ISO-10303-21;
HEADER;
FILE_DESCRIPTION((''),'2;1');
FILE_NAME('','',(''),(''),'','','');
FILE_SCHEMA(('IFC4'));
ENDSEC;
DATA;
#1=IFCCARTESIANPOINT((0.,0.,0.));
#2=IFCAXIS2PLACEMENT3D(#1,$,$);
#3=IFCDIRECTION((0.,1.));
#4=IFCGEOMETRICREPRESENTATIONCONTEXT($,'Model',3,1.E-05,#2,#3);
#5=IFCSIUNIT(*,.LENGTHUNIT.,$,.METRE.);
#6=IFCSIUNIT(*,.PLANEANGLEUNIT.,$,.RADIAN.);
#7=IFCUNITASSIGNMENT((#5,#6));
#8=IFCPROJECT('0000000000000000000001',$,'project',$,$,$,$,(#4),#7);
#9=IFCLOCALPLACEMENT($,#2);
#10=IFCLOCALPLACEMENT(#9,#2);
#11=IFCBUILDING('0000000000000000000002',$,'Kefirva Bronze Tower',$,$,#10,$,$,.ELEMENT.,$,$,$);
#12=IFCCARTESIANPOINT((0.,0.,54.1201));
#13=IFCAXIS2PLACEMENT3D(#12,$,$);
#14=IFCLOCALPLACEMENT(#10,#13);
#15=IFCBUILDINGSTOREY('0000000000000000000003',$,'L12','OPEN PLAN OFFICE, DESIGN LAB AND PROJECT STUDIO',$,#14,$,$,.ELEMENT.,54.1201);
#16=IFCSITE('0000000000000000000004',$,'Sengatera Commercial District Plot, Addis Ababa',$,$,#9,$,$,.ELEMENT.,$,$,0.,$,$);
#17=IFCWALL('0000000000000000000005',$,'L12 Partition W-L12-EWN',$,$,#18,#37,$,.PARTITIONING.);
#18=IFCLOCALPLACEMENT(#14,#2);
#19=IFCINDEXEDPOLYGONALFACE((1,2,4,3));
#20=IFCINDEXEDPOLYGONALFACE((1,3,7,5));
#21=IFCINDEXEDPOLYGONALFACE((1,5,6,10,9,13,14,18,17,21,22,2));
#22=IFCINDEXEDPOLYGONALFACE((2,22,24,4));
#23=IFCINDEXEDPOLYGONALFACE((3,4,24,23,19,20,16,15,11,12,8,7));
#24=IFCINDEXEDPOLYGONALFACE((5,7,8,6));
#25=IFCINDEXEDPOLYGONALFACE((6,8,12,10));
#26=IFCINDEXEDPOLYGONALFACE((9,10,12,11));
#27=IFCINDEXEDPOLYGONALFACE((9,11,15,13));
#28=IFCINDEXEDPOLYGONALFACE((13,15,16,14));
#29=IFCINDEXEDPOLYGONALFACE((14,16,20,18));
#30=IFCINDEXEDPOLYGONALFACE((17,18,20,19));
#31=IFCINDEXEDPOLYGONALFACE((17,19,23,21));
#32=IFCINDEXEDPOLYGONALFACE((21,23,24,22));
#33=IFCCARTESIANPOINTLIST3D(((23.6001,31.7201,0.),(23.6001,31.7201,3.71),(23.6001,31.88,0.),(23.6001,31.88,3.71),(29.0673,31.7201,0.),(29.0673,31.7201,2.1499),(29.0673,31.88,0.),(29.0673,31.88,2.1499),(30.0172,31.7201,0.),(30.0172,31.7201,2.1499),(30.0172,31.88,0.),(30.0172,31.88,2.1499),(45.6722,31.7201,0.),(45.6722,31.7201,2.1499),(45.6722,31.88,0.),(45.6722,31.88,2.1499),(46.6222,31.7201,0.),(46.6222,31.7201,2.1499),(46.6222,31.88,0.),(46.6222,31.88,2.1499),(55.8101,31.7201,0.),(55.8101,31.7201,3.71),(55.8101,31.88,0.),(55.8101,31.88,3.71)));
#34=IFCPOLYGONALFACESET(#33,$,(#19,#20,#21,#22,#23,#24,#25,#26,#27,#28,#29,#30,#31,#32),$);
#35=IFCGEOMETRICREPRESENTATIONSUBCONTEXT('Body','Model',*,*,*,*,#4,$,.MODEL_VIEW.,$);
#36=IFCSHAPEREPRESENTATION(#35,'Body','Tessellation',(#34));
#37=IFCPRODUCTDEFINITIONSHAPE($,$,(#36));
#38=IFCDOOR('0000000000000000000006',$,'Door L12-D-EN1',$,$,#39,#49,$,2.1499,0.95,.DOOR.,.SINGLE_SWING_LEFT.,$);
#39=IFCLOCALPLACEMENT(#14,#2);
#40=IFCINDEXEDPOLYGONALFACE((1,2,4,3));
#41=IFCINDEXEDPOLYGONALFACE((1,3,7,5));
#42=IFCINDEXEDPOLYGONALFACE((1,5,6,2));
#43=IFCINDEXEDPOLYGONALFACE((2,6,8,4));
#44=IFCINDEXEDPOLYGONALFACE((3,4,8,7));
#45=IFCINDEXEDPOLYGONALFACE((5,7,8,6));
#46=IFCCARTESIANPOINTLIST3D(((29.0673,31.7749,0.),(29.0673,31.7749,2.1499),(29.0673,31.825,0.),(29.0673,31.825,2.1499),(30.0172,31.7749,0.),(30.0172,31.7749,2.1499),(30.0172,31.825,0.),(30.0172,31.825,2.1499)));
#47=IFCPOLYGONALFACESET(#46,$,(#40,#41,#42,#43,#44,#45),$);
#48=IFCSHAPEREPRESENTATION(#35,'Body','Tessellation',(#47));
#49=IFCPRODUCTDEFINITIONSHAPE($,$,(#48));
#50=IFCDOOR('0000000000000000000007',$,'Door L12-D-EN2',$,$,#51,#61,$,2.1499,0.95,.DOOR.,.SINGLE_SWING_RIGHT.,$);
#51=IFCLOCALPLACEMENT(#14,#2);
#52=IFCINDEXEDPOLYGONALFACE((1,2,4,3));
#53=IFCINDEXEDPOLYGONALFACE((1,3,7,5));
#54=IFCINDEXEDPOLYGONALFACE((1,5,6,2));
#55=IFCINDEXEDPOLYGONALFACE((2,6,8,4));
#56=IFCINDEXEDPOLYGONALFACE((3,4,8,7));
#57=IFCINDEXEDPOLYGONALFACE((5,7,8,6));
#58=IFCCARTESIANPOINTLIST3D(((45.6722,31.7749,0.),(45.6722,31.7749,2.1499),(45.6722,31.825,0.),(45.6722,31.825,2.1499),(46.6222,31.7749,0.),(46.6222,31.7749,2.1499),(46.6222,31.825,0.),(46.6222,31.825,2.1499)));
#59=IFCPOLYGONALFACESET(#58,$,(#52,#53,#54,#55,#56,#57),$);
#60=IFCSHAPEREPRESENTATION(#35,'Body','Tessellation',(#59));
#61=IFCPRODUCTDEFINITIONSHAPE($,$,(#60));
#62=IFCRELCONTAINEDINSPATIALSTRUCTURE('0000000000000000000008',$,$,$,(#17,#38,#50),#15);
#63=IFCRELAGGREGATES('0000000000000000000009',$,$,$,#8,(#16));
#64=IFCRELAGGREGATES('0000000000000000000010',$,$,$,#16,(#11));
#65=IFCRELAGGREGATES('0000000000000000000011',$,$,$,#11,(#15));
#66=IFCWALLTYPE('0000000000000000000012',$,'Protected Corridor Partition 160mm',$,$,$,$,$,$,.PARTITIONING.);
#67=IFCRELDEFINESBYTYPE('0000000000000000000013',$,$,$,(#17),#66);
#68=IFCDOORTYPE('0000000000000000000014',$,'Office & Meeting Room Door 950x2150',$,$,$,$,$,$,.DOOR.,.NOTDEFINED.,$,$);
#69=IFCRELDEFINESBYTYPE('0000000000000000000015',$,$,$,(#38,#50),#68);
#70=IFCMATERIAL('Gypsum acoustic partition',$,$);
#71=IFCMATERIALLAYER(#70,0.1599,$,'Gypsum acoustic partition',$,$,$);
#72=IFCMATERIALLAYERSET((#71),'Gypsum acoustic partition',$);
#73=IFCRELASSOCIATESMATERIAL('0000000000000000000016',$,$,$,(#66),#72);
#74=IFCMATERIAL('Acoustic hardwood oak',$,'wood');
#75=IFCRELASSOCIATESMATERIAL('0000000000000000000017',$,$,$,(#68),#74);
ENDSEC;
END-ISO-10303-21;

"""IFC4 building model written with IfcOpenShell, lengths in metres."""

from ifc_helpers import new_model, si_unit, direction, frame, frame_2d, origin, place, context, subcontext, project, spatial, rectangle, extrude, material, layer, layer_set, type_object, element, fill, save


model = new_model("IFC4")

# Units and contexts
model_context = context("Model", 3, precision=1e-05, world=origin(), true_north=direction((0.0, 1.0)))
body_context = subcontext(model_context, "Body", "Model", "MODEL_VIEW")
ifc_project = project(units=[si_unit("LENGTHUNIT", "METRE"), si_unit("PLANEANGLEUNIT", "RADIAN")], contexts=[model_context])

# Site, building, storey
site_placement = place(None, origin())
site = spatial("IfcSite", under=ifc_project, at=site_placement, Name="Sengatera Commercial District Plot, Addis Ababa", CompositionType="ELEMENT", RefElevation=0.0)
building_placement = place(site_placement, origin())
building = spatial("IfcBuilding", under=site, at=building_placement, Name="Kefirva Bronze Tower", CompositionType="ELEMENT")
storey_placement = place(building_placement, frame((0.0, 0.0, 54.1201)))
storey = spatial("IfcBuildingStorey", under=building, at=storey_placement, Name="L12", Description="OPEN PLAN OFFICE, DESIGN LAB AND PROJECT STUDIO", CompositionType="ELEMENT", Elevation=54.1201)

# Shared definitions
ifc_material_1 = material(Name="Gypsum acoustic partition")

# Wall, openings, doors
ifc_layer_1 = layer(ifc_material_1, 0.1599, Name="Gypsum acoustic partition")
ifc_layer_set_1 = layer_set([ifc_layer_1], Name="Gypsum acoustic partition")
wall_type_1 = type_object("IfcWallType", Name="Protected Corridor Partition 160mm", PredefinedType="PARTITIONING", material=ifc_layer_set_1)
ifc_material_2 = material(Name="Acoustic hardwood oak", Category="wood")
door_type = type_object("IfcDoorType", Name="Office & Meeting Room Door 950x2150", OperationType="NOTDEFINED", PredefinedType="DOOR", material=ifc_material_2)
wall_1_placement = place(storey_placement, frame((23.6001, 31.8, 0.0), z_axis=(0.0, 0.0, 1.0), x_axis=(1.0, 0.0, 0.0)))
wall_1 = element("IfcWall", 1, at=wall_1_placement, inside=storey, type_object=wall_type_1, Name="L12 Partition W-L12-EWN", PredefinedType="PARTITIONING", context=body_context, shape_type="SweptSolid", body=[
    extrude(rectangle(XDim=32.21, YDim=0.1599, at=frame_2d((16.105, 0.0))), origin(), (0.0, 0.0, 1.0), 3.71),
])
opening_1_placement = place(wall_1_placement, frame((5.467, 0.0, 0.0)))
opening_1 = element("IfcOpeningElement", 2, at=opening_1_placement, cuts=wall_1, PredefinedType="OPENING", context=body_context, shape_type="SweptSolid", body=[
    extrude(rectangle(XDim=0.95, YDim=2.1499, at=frame_2d((0.4751, 1.075))), frame((0.0, 0.0898, 0.0), z_axis=(0.0, -1.0, 0.0), x_axis=(1.0, 0.0, 0.0)), (0.0, 0.0, 1.0), 0.1799),
])
opening_2_placement = place(wall_1_placement, frame((22.072, 0.0, 0.0)))
opening_2 = element("IfcOpeningElement", 3, at=opening_2_placement, cuts=wall_1, PredefinedType="OPENING", context=body_context, shape_type="SweptSolid", body=[
    extrude(rectangle(XDim=0.95, YDim=2.1499, at=frame_2d((0.4751, 1.075))), frame((0.0, 0.0898, 0.0), z_axis=(0.0, -1.0, 0.0), x_axis=(1.0, 0.0, 0.0)), (0.0, 0.0, 1.0), 0.1799),
])
door_1_placement = place(opening_1_placement, origin())
door_1 = element("IfcDoor", 4, at=door_1_placement, inside=storey, type_object=door_type, Name="Door L12-D-EN1", OperationType="SINGLE_SWING_LEFT", OverallHeight=2.1499, OverallWidth=0.95, PredefinedType="DOOR", context=body_context, shape_type="SweptSolid", body=[
    extrude(rectangle(XDim=0.95, YDim=2.1499, at=frame_2d((0.4751, 1.075))), frame((0.0, 0.0249, 0.0), z_axis=(0.0, -1.0, 0.0), x_axis=(1.0, 0.0, 0.0)), (0.0, 0.0, 1.0), 0.05),
])
fill(opening_1, door_1)
door_2_placement = place(opening_2_placement, origin())
door_2 = element("IfcDoor", 5, at=door_2_placement, inside=storey, type_object=door_type, Name="Door L12-D-EN2", OperationType="SINGLE_SWING_RIGHT", OverallHeight=2.1499, OverallWidth=0.95, PredefinedType="DOOR", context=body_context, shape_type="SweptSolid", body=[
    extrude(rectangle(XDim=0.95, YDim=2.1499, at=frame_2d((0.4751, 1.075))), frame((0.0, 0.0249, 0.0), z_axis=(0.0, -1.0, 0.0), x_axis=(1.0, 0.0, 0.0)), (0.0, 0.0, 1.0), 0.05),
])
fill(opening_2, door_2)

save(model, "model.ifc")
